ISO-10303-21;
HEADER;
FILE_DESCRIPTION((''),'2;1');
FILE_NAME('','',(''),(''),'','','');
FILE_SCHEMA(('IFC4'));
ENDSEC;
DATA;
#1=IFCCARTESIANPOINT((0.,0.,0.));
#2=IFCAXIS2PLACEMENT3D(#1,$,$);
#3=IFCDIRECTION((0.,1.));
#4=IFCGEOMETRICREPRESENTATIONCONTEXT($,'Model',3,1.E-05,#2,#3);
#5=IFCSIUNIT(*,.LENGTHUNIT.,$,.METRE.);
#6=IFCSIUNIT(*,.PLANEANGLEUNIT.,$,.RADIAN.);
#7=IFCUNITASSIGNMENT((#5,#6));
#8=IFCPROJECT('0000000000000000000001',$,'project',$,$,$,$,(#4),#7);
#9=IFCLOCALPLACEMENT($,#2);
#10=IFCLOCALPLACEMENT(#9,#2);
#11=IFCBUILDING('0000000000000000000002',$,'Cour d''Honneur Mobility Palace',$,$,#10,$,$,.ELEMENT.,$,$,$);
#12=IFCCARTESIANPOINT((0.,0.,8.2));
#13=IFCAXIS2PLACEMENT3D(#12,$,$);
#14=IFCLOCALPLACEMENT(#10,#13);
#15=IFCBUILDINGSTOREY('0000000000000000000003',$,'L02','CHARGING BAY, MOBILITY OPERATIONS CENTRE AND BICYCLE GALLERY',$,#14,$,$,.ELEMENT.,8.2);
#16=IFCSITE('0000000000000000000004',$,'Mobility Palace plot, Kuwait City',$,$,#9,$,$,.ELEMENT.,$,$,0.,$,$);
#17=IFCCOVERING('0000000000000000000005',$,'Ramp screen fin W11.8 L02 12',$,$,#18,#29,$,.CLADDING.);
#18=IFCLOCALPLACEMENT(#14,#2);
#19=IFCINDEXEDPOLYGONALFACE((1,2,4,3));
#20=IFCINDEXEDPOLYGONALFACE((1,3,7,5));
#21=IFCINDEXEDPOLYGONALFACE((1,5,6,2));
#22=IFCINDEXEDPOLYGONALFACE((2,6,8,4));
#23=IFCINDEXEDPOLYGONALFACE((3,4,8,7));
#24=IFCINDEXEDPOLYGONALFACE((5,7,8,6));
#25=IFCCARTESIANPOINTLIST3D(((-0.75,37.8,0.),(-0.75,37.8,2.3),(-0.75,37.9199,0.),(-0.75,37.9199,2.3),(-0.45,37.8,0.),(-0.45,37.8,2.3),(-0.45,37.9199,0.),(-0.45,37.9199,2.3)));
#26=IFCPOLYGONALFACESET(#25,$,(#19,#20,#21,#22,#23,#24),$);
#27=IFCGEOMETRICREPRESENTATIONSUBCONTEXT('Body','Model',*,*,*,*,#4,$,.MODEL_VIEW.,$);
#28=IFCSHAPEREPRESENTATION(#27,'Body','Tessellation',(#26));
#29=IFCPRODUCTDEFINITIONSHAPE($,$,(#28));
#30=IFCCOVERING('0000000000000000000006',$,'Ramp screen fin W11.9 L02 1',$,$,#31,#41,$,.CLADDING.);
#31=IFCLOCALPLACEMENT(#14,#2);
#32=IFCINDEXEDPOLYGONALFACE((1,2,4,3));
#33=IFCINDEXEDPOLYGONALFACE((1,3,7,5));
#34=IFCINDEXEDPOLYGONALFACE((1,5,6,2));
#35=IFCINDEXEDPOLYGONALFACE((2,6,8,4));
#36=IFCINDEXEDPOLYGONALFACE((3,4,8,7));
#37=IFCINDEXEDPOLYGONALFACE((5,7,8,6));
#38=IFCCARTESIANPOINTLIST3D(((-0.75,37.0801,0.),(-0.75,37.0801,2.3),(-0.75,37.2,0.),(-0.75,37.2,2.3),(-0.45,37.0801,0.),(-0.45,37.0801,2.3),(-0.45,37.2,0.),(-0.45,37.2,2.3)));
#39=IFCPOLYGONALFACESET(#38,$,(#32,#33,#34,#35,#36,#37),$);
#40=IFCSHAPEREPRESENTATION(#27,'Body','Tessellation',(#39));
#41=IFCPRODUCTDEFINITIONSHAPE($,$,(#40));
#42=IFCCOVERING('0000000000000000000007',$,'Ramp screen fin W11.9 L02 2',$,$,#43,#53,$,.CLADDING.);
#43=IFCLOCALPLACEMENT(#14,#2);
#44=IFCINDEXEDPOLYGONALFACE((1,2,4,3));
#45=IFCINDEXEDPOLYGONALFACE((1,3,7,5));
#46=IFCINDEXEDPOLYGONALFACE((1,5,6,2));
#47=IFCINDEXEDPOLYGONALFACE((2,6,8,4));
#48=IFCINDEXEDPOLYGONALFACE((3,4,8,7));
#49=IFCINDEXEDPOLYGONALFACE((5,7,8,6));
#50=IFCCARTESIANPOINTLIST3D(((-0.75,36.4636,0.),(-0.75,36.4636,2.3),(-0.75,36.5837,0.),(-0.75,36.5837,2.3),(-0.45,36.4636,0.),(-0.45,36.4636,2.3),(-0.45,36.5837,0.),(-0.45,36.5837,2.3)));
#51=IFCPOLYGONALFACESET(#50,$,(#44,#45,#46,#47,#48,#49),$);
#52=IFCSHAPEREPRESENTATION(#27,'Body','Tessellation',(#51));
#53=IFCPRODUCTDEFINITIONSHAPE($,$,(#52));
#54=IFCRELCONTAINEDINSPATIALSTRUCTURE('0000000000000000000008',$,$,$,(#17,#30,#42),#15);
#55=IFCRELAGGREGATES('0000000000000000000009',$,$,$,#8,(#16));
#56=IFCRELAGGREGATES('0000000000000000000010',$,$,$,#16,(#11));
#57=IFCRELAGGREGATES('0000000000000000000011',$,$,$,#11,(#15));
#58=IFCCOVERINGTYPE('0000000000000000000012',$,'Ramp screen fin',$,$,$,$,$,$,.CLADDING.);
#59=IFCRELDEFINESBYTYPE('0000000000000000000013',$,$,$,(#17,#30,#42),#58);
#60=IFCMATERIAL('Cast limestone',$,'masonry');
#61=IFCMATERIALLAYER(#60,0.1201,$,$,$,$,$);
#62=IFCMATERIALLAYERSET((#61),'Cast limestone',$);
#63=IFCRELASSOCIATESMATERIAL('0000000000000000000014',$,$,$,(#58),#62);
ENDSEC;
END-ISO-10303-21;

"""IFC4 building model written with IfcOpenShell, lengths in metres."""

from ifc_helpers import new_model, si_unit, direction, frame, origin, place, context, subcontext, project, spatial, polyline, outline, extrude, material, layer, layer_set, type_object, element, save


model = new_model("IFC4")

# Units and contexts
model_context = context("Model", 3, precision=1e-05, world=origin(), true_north=direction((0.0, 1.0)))
body_context = subcontext(model_context, "Body", "Model", "MODEL_VIEW")
ifc_project = project(units=[si_unit("LENGTHUNIT", "METRE"), si_unit("PLANEANGLEUNIT", "RADIAN")], contexts=[model_context])

# Site, building, storey
site_placement = place(None, origin())
site = spatial("IfcSite", under=ifc_project, at=site_placement, Name="Mobility Palace plot, Kuwait City", CompositionType="ELEMENT", RefElevation=0.0)
building_placement = place(site_placement, origin())
building = spatial("IfcBuilding", under=site, at=building_placement, Name="Cour d'Honneur Mobility Palace", CompositionType="ELEMENT")
storey_placement = place(building_placement, frame((0.0, 0.0, 8.2)))
storey = spatial("IfcBuildingStorey", under=building, at=storey_placement, Name="L02", Description="CHARGING BAY, MOBILITY OPERATIONS CENTRE AND BICYCLE GALLERY", CompositionType="ELEMENT", Elevation=8.2)

# Coverings
ifc_material = material(Name="Cast limestone", Category="masonry")
ifc_layer = layer(ifc_material, 0.1201)
ifc_layer_set = layer_set([ifc_layer], Name="Cast limestone")
covering_type = type_object("IfcCoveringType", Name="Ramp screen fin", PredefinedType="CLADDING", material=ifc_layer_set)
covering_1_placement = place(storey_placement, origin())
element("IfcCovering", 1, at=covering_1_placement, inside=storey, type_object=covering_type, Name="Ramp screen fin W11.8 L02 12", PredefinedType="CLADDING", context=body_context, shape_type="SweptSolid", body=[
    extrude(outline(polyline([(-0.45, 37.9199), (-0.45, 37.8), (-0.75, 37.8), (-0.75, 37.9199), (-0.45, 37.9199)])), origin(), (0.0, 0.0, 1.0), 2.3),
])
covering_2_placement = place(storey_placement, origin())
element("IfcCovering", 2, at=covering_2_placement, inside=storey, type_object=covering_type, Name="Ramp screen fin W11.9 L02 1", PredefinedType="CLADDING", context=body_context, shape_type="SweptSolid", body=[
    extrude(outline(polyline([(-0.45, 37.2), (-0.45, 37.0801), (-0.75, 37.0801), (-0.75, 37.2), (-0.45, 37.2)])), origin(), (0.0, 0.0, 1.0), 2.3),
])
covering_3_placement = place(storey_placement, origin())
element("IfcCovering", 3, at=covering_3_placement, inside=storey, type_object=covering_type, Name="Ramp screen fin W11.9 L02 2", PredefinedType="CLADDING", context=body_context, shape_type="SweptSolid", body=[
    extrude(outline(polyline([(-0.45, 36.5837), (-0.45, 36.4636), (-0.75, 36.4636), (-0.75, 36.5837), (-0.45, 36.5837)])), origin(), (0.0, 0.0, 1.0), 2.3),
])

save(model, "model.ifc")
